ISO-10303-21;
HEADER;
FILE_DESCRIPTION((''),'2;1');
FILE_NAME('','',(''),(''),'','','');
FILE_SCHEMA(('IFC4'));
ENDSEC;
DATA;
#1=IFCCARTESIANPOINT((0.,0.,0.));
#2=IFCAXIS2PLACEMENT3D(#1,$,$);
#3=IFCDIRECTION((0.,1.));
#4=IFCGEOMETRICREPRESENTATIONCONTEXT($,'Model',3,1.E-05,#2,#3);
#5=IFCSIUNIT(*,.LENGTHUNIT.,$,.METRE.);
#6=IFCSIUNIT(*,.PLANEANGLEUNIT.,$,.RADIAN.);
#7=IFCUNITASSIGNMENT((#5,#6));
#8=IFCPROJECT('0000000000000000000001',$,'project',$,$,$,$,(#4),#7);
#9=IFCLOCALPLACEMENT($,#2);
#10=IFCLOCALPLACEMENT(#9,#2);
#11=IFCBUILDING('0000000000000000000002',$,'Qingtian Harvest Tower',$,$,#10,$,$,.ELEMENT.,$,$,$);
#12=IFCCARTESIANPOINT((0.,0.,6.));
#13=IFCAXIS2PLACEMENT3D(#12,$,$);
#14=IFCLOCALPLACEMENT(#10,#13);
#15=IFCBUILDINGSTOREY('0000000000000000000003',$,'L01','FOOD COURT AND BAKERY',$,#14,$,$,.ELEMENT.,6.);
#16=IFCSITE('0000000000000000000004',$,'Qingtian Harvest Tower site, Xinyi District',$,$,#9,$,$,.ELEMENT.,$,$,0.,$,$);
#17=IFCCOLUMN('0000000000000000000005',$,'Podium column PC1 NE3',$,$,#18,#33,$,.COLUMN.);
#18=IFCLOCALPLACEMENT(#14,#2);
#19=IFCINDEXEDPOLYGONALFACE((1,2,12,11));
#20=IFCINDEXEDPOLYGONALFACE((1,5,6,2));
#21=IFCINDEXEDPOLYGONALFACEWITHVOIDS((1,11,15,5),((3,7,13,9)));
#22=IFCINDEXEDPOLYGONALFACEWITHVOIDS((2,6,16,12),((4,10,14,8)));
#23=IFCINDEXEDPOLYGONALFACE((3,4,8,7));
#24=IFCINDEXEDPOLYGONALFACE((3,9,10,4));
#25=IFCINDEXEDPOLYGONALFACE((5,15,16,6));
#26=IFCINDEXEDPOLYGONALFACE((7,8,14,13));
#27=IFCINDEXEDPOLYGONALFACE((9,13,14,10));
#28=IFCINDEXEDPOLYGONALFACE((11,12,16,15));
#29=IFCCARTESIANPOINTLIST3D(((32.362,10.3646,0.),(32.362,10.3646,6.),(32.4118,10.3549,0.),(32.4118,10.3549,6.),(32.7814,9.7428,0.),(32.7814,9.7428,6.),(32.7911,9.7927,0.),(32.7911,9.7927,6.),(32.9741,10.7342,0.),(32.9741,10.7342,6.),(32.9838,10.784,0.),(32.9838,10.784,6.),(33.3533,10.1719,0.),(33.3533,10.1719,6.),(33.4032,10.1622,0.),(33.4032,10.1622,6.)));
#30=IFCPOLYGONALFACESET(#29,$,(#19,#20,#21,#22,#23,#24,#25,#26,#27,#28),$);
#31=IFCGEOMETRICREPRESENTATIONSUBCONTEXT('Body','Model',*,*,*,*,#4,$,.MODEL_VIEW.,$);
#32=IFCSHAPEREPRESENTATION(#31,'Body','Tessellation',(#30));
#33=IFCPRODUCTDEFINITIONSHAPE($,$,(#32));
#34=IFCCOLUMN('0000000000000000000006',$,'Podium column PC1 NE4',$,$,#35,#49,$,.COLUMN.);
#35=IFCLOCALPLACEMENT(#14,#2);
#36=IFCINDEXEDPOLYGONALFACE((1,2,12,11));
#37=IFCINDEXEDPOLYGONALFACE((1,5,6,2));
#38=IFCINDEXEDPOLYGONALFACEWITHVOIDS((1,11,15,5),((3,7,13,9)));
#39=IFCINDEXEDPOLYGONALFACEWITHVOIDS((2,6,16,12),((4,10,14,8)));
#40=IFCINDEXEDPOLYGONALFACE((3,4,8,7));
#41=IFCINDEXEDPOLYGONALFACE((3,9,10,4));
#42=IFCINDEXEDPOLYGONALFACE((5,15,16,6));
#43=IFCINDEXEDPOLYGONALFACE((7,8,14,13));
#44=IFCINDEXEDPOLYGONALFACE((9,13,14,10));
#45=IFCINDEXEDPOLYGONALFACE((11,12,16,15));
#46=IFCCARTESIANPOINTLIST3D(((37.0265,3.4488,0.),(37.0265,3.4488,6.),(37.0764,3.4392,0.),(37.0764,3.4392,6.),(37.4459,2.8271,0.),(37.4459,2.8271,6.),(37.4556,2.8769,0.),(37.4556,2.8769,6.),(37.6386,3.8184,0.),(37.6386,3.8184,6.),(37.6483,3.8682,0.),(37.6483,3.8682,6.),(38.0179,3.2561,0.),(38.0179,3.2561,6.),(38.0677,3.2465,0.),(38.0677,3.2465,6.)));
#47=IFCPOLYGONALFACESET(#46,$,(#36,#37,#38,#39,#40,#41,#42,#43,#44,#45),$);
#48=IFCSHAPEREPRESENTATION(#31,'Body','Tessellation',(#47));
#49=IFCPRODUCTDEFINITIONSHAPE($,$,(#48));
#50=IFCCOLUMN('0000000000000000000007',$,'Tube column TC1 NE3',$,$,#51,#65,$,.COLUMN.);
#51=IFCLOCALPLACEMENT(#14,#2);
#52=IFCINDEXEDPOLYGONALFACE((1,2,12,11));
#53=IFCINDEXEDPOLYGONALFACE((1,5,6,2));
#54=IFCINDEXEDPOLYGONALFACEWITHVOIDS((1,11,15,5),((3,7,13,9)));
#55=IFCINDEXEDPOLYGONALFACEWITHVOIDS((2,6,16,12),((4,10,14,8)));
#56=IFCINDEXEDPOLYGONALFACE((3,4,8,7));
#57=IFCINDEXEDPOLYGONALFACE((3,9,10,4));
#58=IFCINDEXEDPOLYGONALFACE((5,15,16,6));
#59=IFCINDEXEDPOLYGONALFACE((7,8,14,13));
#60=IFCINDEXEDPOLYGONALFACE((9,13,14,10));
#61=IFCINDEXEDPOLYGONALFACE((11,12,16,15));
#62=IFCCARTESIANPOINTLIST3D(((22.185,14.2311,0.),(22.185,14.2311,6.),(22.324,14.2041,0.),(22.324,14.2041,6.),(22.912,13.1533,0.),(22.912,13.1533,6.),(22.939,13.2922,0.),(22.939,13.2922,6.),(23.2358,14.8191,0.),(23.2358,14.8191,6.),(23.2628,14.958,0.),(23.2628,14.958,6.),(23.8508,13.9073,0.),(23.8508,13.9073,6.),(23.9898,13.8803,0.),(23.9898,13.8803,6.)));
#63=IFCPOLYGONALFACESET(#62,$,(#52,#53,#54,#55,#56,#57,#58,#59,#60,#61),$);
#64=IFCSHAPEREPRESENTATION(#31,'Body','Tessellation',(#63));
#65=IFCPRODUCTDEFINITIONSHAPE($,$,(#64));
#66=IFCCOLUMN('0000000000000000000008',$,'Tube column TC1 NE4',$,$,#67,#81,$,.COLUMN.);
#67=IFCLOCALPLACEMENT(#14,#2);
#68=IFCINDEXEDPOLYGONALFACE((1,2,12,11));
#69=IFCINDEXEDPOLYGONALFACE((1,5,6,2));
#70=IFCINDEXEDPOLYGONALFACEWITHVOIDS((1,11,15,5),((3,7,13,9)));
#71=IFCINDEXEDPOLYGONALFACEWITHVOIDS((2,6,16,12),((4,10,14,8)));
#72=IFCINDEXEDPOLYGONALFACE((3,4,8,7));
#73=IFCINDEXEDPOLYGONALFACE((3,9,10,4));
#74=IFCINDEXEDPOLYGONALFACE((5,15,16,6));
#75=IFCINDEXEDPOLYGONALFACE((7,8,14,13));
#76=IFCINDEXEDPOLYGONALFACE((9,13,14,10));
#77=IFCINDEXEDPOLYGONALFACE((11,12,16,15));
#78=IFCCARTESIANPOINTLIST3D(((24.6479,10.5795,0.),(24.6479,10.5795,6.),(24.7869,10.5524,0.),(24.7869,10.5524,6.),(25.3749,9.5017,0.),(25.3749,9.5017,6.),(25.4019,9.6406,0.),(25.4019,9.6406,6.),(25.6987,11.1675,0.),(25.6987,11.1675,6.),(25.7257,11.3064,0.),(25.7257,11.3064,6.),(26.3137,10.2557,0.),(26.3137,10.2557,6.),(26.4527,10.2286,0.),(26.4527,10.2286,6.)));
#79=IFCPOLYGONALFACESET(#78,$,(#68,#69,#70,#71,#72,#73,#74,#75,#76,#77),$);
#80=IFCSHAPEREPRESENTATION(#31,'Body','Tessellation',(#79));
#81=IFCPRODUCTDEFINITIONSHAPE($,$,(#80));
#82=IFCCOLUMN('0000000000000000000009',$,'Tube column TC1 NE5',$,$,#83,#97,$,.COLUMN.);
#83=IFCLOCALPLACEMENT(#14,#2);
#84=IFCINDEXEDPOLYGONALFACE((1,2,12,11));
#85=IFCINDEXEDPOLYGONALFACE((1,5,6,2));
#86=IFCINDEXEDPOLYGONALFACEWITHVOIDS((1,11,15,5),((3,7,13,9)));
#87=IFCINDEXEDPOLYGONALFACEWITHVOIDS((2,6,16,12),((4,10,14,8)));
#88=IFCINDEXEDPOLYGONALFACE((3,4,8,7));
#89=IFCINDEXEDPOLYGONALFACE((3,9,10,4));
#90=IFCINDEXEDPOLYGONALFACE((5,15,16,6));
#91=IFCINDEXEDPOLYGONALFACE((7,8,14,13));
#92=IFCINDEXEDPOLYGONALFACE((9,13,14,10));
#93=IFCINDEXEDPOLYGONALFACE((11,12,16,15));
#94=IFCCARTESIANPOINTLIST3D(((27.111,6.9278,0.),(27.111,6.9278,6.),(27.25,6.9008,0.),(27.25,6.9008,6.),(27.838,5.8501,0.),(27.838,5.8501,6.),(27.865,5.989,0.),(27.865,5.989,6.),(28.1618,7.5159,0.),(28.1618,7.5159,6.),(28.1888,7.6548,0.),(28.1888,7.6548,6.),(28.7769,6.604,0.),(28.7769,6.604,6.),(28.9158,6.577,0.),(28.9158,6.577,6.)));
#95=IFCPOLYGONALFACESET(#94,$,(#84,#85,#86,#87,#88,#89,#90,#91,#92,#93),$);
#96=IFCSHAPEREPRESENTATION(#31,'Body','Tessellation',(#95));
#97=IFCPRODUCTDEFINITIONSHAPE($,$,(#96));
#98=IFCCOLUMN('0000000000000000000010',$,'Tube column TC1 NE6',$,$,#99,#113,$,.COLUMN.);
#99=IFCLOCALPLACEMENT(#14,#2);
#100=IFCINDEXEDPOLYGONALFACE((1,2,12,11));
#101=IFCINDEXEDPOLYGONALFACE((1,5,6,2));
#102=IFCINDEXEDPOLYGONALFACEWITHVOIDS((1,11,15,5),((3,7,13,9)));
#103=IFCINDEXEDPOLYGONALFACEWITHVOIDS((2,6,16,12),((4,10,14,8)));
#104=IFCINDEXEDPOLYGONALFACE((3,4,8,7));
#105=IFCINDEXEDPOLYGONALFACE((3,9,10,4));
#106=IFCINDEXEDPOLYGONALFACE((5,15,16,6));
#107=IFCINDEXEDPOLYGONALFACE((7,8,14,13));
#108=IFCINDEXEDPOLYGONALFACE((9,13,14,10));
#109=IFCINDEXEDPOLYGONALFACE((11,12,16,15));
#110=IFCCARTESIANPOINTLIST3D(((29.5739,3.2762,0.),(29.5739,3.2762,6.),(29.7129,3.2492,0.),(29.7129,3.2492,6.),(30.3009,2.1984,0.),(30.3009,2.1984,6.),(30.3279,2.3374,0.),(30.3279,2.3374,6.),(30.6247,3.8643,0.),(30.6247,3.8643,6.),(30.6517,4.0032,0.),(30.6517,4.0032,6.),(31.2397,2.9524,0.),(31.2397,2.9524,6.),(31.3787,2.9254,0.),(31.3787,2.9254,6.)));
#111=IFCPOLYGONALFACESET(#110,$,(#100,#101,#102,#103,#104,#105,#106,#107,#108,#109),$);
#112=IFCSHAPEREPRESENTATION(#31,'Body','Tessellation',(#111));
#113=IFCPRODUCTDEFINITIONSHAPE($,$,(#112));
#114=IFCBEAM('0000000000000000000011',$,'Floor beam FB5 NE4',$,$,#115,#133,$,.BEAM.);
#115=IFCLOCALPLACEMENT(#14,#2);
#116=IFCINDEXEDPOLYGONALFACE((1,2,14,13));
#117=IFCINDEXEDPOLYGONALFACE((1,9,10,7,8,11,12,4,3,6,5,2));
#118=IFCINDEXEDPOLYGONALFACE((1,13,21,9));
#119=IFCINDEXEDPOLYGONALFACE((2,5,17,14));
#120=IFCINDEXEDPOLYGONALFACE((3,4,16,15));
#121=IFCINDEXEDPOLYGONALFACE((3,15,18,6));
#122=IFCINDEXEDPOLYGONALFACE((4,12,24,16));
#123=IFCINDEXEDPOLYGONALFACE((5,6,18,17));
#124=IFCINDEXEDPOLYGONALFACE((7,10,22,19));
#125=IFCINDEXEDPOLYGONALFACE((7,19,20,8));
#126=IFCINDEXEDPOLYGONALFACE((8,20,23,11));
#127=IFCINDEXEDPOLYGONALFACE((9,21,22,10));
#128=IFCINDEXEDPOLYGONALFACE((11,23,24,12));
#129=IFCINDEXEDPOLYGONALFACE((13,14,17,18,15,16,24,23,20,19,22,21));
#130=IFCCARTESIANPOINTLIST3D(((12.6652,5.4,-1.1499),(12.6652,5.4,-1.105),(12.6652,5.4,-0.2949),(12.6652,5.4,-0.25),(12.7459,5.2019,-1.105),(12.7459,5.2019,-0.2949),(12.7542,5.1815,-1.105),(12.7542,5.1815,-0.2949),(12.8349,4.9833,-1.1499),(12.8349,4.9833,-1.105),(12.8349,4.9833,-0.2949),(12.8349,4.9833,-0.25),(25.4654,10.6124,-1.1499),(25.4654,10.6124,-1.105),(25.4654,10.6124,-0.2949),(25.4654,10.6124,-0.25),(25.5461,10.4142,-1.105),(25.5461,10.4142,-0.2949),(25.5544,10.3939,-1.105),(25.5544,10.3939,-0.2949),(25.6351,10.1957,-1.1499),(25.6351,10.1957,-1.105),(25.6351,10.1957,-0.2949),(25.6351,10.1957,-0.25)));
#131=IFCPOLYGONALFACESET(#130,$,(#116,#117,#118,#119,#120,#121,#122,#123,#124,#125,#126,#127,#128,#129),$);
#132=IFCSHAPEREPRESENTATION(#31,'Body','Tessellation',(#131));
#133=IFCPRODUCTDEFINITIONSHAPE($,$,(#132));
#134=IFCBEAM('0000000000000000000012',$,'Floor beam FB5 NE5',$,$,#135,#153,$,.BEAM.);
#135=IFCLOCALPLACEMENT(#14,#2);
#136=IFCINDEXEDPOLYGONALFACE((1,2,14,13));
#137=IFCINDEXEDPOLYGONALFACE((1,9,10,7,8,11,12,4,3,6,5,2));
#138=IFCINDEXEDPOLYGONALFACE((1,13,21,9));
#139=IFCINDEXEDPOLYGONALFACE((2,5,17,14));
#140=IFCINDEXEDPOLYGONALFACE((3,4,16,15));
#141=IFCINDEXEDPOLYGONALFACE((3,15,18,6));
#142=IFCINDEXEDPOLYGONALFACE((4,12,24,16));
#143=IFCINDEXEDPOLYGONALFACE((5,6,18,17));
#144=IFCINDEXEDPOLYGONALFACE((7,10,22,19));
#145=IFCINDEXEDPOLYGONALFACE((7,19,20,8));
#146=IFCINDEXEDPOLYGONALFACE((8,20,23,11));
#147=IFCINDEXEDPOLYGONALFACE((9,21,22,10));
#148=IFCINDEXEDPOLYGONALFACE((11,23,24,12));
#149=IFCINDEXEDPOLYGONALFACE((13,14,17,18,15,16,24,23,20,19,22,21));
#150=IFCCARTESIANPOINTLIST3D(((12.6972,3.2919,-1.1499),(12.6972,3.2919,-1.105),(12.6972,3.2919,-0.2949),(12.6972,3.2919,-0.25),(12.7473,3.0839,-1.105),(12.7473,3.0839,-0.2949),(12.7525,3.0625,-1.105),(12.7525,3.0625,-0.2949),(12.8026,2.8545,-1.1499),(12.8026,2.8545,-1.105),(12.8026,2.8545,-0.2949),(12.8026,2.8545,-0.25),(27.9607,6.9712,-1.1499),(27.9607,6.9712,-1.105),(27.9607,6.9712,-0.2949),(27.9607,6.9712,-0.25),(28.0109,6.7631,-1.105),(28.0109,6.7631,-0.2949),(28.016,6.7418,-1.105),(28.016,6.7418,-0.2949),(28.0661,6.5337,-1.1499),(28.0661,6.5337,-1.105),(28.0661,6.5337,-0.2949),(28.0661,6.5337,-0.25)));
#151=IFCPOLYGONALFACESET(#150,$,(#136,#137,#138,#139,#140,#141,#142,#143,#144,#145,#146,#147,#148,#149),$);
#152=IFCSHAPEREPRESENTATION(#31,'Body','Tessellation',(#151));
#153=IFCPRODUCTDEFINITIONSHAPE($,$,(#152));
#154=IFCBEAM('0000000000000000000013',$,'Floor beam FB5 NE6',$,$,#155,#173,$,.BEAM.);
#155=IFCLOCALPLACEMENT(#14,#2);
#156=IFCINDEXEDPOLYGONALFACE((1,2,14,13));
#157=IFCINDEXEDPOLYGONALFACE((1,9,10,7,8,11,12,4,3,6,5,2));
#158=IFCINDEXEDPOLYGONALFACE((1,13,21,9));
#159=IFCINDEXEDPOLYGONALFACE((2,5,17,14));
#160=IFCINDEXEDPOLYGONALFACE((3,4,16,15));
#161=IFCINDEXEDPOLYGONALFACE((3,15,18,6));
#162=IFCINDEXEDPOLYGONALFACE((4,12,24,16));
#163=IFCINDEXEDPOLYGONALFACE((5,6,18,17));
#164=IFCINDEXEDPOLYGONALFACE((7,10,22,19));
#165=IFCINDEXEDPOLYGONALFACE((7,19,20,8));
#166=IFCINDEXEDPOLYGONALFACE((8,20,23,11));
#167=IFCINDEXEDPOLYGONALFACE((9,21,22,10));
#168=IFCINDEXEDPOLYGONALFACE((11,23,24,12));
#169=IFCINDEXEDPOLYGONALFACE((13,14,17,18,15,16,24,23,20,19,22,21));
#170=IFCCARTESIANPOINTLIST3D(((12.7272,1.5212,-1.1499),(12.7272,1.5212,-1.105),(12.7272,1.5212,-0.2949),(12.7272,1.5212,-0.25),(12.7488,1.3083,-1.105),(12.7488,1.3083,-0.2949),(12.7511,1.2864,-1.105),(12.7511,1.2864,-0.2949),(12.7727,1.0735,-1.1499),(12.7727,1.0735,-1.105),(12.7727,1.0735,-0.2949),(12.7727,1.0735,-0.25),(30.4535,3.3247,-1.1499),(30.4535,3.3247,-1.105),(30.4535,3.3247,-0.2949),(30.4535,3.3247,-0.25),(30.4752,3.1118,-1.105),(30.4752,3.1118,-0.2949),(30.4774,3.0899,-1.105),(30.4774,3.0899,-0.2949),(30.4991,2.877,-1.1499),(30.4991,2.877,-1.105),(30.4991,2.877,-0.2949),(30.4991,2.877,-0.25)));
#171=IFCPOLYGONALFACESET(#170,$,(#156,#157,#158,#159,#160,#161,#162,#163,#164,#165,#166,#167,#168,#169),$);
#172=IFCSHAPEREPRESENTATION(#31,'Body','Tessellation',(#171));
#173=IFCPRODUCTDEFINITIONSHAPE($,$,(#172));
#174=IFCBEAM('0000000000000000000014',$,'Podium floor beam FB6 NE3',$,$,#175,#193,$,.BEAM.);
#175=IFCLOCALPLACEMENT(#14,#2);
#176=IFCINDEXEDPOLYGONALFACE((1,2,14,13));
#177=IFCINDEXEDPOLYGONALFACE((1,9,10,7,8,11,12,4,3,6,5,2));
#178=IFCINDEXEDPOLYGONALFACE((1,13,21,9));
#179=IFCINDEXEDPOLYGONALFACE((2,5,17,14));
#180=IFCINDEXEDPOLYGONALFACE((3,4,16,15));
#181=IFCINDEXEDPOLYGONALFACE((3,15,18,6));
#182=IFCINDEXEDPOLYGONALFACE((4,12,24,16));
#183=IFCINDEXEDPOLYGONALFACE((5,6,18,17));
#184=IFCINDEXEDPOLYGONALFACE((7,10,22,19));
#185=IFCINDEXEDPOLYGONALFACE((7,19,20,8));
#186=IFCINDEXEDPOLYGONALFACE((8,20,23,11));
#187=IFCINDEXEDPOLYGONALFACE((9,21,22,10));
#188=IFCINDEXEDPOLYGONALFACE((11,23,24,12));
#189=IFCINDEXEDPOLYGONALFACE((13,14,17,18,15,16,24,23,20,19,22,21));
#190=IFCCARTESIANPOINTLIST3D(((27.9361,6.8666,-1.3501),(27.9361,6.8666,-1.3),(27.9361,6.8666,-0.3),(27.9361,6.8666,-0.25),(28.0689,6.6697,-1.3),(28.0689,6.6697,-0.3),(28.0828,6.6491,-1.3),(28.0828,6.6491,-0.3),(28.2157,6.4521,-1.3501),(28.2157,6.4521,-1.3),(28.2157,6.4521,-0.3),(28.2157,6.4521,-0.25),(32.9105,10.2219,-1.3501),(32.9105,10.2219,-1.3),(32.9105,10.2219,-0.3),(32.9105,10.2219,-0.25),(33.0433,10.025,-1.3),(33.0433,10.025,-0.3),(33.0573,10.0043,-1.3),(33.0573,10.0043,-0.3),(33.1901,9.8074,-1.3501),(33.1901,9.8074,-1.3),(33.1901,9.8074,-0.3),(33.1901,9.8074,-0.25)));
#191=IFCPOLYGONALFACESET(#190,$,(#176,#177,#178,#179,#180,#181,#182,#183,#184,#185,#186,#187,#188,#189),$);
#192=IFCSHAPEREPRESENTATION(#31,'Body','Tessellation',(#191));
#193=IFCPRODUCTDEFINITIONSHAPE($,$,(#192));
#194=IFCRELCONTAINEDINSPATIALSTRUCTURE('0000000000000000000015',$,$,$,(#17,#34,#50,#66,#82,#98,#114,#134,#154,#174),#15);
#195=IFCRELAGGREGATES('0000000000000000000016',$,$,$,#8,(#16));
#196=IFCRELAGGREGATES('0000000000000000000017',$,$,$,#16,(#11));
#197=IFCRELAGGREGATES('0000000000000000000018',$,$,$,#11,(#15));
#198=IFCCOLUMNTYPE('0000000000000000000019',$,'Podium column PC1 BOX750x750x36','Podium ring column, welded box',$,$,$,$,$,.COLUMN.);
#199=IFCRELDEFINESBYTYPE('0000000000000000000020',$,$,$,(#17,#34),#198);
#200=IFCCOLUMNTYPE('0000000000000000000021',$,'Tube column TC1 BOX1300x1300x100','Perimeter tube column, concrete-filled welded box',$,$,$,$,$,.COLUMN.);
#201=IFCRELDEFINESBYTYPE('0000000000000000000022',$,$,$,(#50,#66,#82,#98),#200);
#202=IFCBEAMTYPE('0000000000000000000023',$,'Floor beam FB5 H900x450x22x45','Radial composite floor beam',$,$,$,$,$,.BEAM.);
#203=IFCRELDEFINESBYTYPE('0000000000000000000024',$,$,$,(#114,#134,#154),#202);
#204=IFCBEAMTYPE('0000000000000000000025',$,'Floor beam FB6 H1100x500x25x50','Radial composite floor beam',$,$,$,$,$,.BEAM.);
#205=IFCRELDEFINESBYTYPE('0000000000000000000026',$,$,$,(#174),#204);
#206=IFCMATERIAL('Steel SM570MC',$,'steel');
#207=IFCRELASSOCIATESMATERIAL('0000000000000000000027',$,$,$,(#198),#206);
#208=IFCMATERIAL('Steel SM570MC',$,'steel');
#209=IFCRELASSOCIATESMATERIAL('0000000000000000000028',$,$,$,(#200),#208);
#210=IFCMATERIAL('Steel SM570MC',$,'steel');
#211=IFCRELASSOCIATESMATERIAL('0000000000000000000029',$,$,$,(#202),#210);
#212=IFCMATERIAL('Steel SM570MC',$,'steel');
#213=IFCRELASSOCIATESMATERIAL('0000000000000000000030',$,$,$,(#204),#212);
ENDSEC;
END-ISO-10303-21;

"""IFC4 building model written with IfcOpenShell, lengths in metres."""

from ifc_helpers import new_model, si_unit, direction, frame, origin, origin_2d, place, context, subcontext, project, spatial, hollow_rectangle, i_section, extrude, material, material_profile, profile_set, type_object, element, save


model = new_model("IFC4")

# Units and contexts
model_context = context("Model", 3, precision=1e-05, world=origin(), true_north=direction((0.0, 1.0)))
body_context = subcontext(model_context, "Body", "Model", "MODEL_VIEW")
ifc_project = project(units=[si_unit("LENGTHUNIT", "METRE"), si_unit("PLANEANGLEUNIT", "RADIAN")], contexts=[model_context])

# Site, building, storey
site_placement = place(None, origin())
site = spatial("IfcSite", under=ifc_project, at=site_placement, Name="Qingtian Harvest Tower site, Xinyi District", CompositionType="ELEMENT", RefElevation=0.0)
building_placement = place(site_placement, origin())
building = spatial("IfcBuilding", under=site, at=building_placement, Name="Qingtian Harvest Tower", CompositionType="ELEMENT")
storey_placement = place(building_placement, frame((0.0, 0.0, 6.0)))
storey = spatial("IfcBuildingStorey", under=building, at=storey_placement, Name="L01", Description="FOOD COURT AND BAKERY", CompositionType="ELEMENT", Elevation=6.0)

# Columns
ifc_material_1 = material(Name="Steel SM570MC", Category="steel")
ifc_material_profile_1 = material_profile(ifc_material_1, hollow_rectangle(XDim=0.75, YDim=0.75, WallThickness=0.0359, at=origin_2d()), Name="BOX750x750x36")
ifc_profile_set_1 = profile_set([ifc_material_profile_1], Name="Steel SM570MC")
column_type_1 = type_object("IfcColumnType", Name="Podium column PC1 BOX750x750x36", Description="Podium ring column, welded box", PredefinedType="COLUMN", material=ifc_profile_set_1)
for number, where, z_axis, x_axis, name in (
    (1, (32.8826, 10.2634, 0.0), (0.0, 0.0, 1.0), (-0.559193, 0.829038, 0.0), "Podium column PC1 NE3"),
    (2, (37.5471, 3.3477, 0.0), (0.0, 0.0, 1.0), (-0.559193, 0.829038, 0.0), "Podium column PC1 NE4"),
):
    element("IfcColumn", number, at=place(storey_placement, frame(where, z_axis=z_axis, x_axis=x_axis)), inside=storey, type_object=column_type_1, Name=name, PredefinedType="COLUMN", context=body_context, shape_type="SweptSolid", body=[
        extrude(hollow_rectangle(XDim=0.75, YDim=0.75, WallThickness=0.0359, at=origin_2d()), origin(), (0.0, 0.0, 1.0), 6.0),
    ])
ifc_material_2 = material(Name="Steel SM570MC", Category="steel")
ifc_material_profile_2 = material_profile(ifc_material_2, hollow_rectangle(XDim=1.3, YDim=1.3, WallThickness=0.1001, at=origin_2d()), Name="BOX1300x1300x100")
ifc_profile_set_2 = profile_set([ifc_material_profile_2], Name="Steel SM570MC")
column_type_2 = type_object("IfcColumnType", Name="Tube column TC1 BOX1300x1300x100", Description="Perimeter tube column, concrete-filled welded box", PredefinedType="COLUMN", material=ifc_profile_set_2)
for number, where, z_axis, x_axis, name in (
    (3, (23.0874, 14.0557, 0.0), (0.0, 0.0, 1.0), (-0.559193, 0.829038, 0.0), "Tube column TC1 NE3"),
    (4, (25.5503, 10.4041, 0.0), (0.0, 0.0, 1.0), (-0.559193, 0.829038, 0.0), "Tube column TC1 NE4"),
    (5, (28.0134, 6.7524, 0.0), (0.0, 0.0, 1.0), (-0.559193, 0.829038, 0.0), "Tube column TC1 NE5"),
    (6, (30.4763, 3.1008, 0.0), (0.0, 0.0, 1.0), (-0.559193, 0.829038, 0.0), "Tube column TC1 NE6"),
):
    element("IfcColumn", number, at=place(storey_placement, frame(where, z_axis=z_axis, x_axis=x_axis)), inside=storey, type_object=column_type_2, Name=name, PredefinedType="COLUMN", context=body_context, shape_type="SweptSolid", body=[
        extrude(hollow_rectangle(XDim=1.3, YDim=1.3, WallThickness=0.1001, at=origin_2d()), origin(), (0.0, 0.0, 1.0), 6.0),
    ])

# Beams
ifc_material_3 = material(Name="Steel SM570MC", Category="steel")
ifc_material_profile_3 = material_profile(ifc_material_3, i_section(OverallWidth=0.45, OverallDepth=0.8999, WebThickness=0.022, FlangeThickness=0.0449, at=origin_2d()), Name="H900x450x22x45")
ifc_profile_set_3 = profile_set([ifc_material_profile_3], Name="Steel SM570MC")
beam_type_1 = type_object("IfcBeamType", Name="Floor beam FB5 H900x450x22x45", Description="Radial composite floor beam", PredefinedType="BEAM", material=ifc_profile_set_3)
beam_1_placement = place(storey_placement, frame((25.5503, 10.4041, -0.7), z_axis=(-0.926156, -0.37714, 0.0), x_axis=(0.37714, -0.926156, 0.0)))
element("IfcBeam", 7, at=beam_1_placement, inside=storey, type_object=beam_type_1, Name="Floor beam FB5 NE4", PredefinedType="BEAM", context=body_context, shape_type="SweptSolid", body=[
    extrude(i_section(OverallWidth=0.45, OverallDepth=0.8999, WebThickness=0.022, FlangeThickness=0.0449, at=origin_2d()), origin(), (0.0, 0.0, 1.0), 13.8208),
])
beam_2_placement = place(storey_placement, frame((28.0134, 6.7524, -0.7), z_axis=(-0.972156, -0.234335, 0.0), x_axis=(0.234335, -0.972156, 0.0)))
element("IfcBeam", 8, at=beam_2_placement, inside=storey, type_object=beam_type_1, Name="Floor beam FB5 NE5", PredefinedType="BEAM", context=body_context, shape_type="SweptSolid", body=[
    extrude(i_section(OverallWidth=0.45, OverallDepth=0.8999, WebThickness=0.022, FlangeThickness=0.0449, at=origin_2d()), origin(), (0.0, 0.0, 1.0), 15.7007),
])
beam_3_placement = place(storey_placement, frame((30.4763, 3.1008, -0.7), z_axis=(-0.994864, -0.101217, 0.0), x_axis=(0.101217, -0.994864, 0.0)))
element("IfcBeam", 9, at=beam_3_placement, inside=storey, type_object=beam_type_1, Name="Floor beam FB5 NE6", PredefinedType="BEAM", context=body_context, shape_type="SweptSolid", body=[
    extrude(i_section(OverallWidth=0.45, OverallDepth=0.8999, WebThickness=0.022, FlangeThickness=0.0449, at=origin_2d()), origin(), (0.0, 0.0, 1.0), 17.8179),
])
ifc_material_4 = material(Name="Steel SM570MC", Category="steel")
ifc_material_profile_4 = material_profile(ifc_material_4, i_section(OverallWidth=0.5, OverallDepth=1.1001, WebThickness=0.0249, FlangeThickness=0.05, at=origin_2d()), Name="H1100x500x25x50")
ifc_profile_set_4 = profile_set([ifc_material_profile_4], Name="Steel SM570MC")
beam_type_2 = type_object("IfcBeamType", Name="Floor beam FB6 H1100x500x25x50", Description="Radial composite floor beam", PredefinedType="BEAM", material=ifc_profile_set_4)
beam_4_placement = place(storey_placement, frame((33.0503, 10.0146, -0.8), z_axis=(-0.82904, -0.55919, 0.0), x_axis=(0.55919, -0.82904, 0.0)))
element("IfcBeam", 10, at=beam_4_placement, inside=storey, type_object=beam_type_2, Name="Podium floor beam FB6 NE3", PredefinedType="BEAM", context=body_context, shape_type="SweptSolid", body=[
    extrude(i_section(OverallWidth=0.5, OverallDepth=1.1001, WebThickness=0.0249, FlangeThickness=0.05, at=origin_2d()), origin(), (0.0, 0.0, 1.0), 6.0002),
])

save(model, "model.ifc")
